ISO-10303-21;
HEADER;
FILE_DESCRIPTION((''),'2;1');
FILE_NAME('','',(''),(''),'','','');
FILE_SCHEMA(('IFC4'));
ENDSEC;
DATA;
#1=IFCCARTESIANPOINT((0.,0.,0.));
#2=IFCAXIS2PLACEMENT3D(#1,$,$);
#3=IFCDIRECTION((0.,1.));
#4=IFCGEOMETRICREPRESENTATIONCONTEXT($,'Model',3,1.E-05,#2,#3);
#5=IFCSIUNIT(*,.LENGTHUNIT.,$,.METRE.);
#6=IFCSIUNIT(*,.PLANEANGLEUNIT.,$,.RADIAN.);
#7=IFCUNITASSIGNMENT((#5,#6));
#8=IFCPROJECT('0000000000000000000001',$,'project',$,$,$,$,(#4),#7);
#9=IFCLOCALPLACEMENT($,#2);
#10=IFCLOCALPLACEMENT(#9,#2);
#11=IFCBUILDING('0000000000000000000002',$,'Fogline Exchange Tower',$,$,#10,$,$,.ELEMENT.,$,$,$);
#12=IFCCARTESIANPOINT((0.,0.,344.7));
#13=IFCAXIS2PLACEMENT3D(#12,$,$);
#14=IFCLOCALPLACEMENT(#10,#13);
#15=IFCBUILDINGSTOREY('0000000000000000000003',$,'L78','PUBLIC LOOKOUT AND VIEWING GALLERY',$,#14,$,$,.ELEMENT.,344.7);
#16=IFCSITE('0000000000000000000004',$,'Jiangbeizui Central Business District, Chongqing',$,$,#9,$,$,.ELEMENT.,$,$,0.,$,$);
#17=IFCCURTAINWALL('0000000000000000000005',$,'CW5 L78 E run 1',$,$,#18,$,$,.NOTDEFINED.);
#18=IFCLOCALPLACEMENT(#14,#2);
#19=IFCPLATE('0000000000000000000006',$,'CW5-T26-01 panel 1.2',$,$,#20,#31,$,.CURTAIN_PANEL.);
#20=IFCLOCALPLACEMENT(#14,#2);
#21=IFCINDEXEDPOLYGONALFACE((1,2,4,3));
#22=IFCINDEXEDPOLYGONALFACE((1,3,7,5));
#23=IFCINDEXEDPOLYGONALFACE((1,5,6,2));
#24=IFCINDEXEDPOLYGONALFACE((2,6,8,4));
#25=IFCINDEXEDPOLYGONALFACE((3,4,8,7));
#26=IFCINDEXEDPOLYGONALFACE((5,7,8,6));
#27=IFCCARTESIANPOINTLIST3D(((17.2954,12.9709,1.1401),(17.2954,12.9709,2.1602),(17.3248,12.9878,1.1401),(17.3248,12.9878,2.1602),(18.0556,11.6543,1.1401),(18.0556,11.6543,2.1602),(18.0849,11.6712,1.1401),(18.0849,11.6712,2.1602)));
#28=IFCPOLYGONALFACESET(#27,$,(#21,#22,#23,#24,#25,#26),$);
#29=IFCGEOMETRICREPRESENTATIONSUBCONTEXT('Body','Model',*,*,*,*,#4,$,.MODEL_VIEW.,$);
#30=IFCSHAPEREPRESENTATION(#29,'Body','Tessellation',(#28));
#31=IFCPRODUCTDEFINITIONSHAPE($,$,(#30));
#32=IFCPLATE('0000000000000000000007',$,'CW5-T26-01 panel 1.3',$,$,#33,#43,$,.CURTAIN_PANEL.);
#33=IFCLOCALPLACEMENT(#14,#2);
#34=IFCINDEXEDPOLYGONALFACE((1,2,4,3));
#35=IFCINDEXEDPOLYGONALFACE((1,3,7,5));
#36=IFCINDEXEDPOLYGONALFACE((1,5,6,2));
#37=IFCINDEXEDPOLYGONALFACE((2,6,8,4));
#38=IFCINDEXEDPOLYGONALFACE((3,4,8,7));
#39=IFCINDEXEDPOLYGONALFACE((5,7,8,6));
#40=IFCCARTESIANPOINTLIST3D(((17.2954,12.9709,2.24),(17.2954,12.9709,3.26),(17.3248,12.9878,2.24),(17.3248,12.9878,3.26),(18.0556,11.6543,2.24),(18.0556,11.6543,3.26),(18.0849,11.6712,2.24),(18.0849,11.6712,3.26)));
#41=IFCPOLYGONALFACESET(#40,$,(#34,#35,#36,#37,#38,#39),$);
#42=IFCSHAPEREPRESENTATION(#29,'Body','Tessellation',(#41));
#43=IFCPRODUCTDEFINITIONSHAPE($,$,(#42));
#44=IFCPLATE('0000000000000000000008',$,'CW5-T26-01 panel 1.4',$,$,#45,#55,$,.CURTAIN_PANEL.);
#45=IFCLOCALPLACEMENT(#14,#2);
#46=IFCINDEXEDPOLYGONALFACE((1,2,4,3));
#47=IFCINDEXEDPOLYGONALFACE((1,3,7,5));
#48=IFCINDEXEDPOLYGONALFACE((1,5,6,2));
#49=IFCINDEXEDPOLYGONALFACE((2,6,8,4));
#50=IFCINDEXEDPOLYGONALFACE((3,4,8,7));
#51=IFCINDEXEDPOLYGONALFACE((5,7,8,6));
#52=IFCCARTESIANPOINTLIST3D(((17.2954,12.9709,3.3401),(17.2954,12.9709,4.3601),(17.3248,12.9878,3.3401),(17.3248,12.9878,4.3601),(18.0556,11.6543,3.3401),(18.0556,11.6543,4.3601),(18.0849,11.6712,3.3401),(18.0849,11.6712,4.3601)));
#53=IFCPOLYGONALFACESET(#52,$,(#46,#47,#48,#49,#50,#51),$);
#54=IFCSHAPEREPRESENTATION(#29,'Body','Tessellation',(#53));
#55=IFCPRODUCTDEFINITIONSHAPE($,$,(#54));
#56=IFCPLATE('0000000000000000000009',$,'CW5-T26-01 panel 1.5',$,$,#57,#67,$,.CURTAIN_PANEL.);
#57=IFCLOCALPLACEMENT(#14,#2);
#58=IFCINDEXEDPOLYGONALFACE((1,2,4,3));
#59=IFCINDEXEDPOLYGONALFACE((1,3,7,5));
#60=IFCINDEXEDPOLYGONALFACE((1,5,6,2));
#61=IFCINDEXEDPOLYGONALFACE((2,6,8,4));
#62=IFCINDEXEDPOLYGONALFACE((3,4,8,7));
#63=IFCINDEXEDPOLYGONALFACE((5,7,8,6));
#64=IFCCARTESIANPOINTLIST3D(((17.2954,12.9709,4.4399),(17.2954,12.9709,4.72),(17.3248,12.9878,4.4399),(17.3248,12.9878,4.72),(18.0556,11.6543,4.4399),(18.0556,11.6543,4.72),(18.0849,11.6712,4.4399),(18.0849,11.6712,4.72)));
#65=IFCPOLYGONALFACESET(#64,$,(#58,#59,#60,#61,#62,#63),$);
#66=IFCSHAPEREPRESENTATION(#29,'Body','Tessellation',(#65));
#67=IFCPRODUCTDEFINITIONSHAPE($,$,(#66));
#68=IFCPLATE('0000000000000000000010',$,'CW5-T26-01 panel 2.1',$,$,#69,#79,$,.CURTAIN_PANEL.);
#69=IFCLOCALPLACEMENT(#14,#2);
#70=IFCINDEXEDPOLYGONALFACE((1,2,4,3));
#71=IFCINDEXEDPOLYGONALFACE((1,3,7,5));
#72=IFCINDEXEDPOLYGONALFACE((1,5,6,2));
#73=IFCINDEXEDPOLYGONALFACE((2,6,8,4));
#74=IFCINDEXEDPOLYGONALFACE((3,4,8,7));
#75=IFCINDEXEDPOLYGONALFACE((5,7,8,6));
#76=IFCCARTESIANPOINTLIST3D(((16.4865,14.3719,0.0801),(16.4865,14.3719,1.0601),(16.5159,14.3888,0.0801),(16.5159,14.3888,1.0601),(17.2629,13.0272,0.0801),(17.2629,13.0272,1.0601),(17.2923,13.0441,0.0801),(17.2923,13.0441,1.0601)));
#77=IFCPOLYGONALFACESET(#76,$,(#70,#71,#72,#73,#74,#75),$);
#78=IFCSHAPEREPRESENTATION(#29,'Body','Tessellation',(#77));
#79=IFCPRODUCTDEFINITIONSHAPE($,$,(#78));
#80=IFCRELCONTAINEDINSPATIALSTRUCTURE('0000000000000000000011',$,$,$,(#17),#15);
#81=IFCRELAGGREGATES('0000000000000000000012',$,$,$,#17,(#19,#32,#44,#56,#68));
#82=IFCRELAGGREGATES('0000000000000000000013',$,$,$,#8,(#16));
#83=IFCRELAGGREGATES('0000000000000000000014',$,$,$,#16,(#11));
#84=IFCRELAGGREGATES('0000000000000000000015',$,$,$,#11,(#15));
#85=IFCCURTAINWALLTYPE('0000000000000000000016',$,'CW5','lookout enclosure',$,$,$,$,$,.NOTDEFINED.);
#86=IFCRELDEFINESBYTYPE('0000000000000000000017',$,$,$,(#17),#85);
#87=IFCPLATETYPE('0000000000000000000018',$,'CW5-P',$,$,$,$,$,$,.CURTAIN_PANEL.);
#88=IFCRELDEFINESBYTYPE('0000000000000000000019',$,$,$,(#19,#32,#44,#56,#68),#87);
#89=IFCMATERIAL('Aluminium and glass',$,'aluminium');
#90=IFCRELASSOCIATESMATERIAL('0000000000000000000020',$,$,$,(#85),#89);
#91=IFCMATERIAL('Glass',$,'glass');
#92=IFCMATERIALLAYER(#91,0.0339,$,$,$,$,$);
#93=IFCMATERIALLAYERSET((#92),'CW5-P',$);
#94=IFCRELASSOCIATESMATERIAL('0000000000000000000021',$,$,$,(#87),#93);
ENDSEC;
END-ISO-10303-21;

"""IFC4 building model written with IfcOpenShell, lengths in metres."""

from ifc_helpers import new_model, si_unit, direction, frame, origin, origin_2d, place, context, subcontext, project, spatial, rectangle, extrude, material, layer, layer_set, type_object, element, aggregate, save


model = new_model("IFC4")

# Units and contexts
model_context = context("Model", 3, precision=1e-05, world=origin(), true_north=direction((0.0, 1.0)))
body_context = subcontext(model_context, "Body", "Model", "MODEL_VIEW")
ifc_project = project(units=[si_unit("LENGTHUNIT", "METRE"), si_unit("PLANEANGLEUNIT", "RADIAN")], contexts=[model_context])

# Site, building, storey
site_placement = place(None, origin())
site = spatial("IfcSite", under=ifc_project, at=site_placement, Name="Jiangbeizui Central Business District, Chongqing", CompositionType="ELEMENT", RefElevation=0.0)
building_placement = place(site_placement, origin())
building = spatial("IfcBuilding", under=site, at=building_placement, Name="Fogline Exchange Tower", CompositionType="ELEMENT")
storey_placement = place(building_placement, frame((0.0, 0.0, 344.7)))
storey = spatial("IfcBuildingStorey", under=building, at=storey_placement, Name="L78", Description="PUBLIC LOOKOUT AND VIEWING GALLERY", CompositionType="ELEMENT", Elevation=344.7)

# Curtain wall, plates
ifc_material_1 = material(Name="Aluminium and glass", Category="aluminium")
curtain_wall_type = type_object("IfcCurtainWallType", Name="CW5", Description="lookout enclosure", PredefinedType="NOTDEFINED", material=ifc_material_1)
curtain_wall_placement = place(storey_placement, origin())
curtain_wall = element("IfcCurtainWall", 1, at=curtain_wall_placement, inside=storey, type_object=curtain_wall_type, Name="CW5 L78 E run 1", PredefinedType="NOTDEFINED")
ifc_material_2 = material(Name="Glass", Category="glass")
ifc_layer = layer(ifc_material_2, 0.0339)
ifc_layer_set = layer_set([ifc_layer], Name="CW5-P")
plate_type = type_object("IfcPlateType", Name="CW5-P", PredefinedType="CURTAIN_PANEL", material=ifc_layer_set)
plate_1_placement = place(storey_placement, frame((17.6902, 12.321, 1.1401), z_axis=(0.0, 0.0, 1.0), x_axis=(-0.5, 0.866025, 0.0)))
plate_1 = element("IfcPlate", 2, at=plate_1_placement, type_object=plate_type, Name="CW5-T26-01 panel 1.2", PredefinedType="CURTAIN_PANEL", context=body_context, shape_type="SweptSolid", body=[
    extrude(rectangle(XDim=1.5203, YDim=0.0339, at=origin_2d()), origin(), (0.0, 0.0, 1.0), 1.02),
])
plate_2_placement = place(storey_placement, frame((17.6902, 12.321, 2.24), z_axis=(0.0, 0.0, 1.0), x_axis=(-0.5, 0.866025, 0.0)))
plate_2 = element("IfcPlate", 3, at=plate_2_placement, type_object=plate_type, Name="CW5-T26-01 panel 1.3", PredefinedType="CURTAIN_PANEL", context=body_context, shape_type="SweptSolid", body=[
    extrude(rectangle(XDim=1.5203, YDim=0.0339, at=origin_2d()), origin(), (0.0, 0.0, 1.0), 1.02),
])
plate_3_placement = place(storey_placement, frame((17.6902, 12.321, 3.3401), z_axis=(0.0, 0.0, 1.0), x_axis=(-0.5, 0.866025, 0.0)))
plate_3 = element("IfcPlate", 4, at=plate_3_placement, type_object=plate_type, Name="CW5-T26-01 panel 1.4", PredefinedType="CURTAIN_PANEL", context=body_context, shape_type="SweptSolid", body=[
    extrude(rectangle(XDim=1.5203, YDim=0.0339, at=origin_2d()), origin(), (0.0, 0.0, 1.0), 1.02),
])
plate_4_placement = place(storey_placement, frame((17.6902, 12.321, 4.4399), z_axis=(0.0, 0.0, 1.0), x_axis=(-0.5, 0.866025, 0.0)))
plate_4 = element("IfcPlate", 5, at=plate_4_placement, type_object=plate_type, Name="CW5-T26-01 panel 1.5", PredefinedType="CURTAIN_PANEL", context=body_context, shape_type="SweptSolid", body=[
    extrude(rectangle(XDim=1.5203, YDim=0.0339, at=origin_2d()), origin(), (0.0, 0.0, 1.0), 0.28),
])
plate_5_placement = place(storey_placement, frame((16.8894, 13.708, 0.0801), z_axis=(0.0, 0.0, 1.0), x_axis=(-0.5, 0.866025, 0.0)))
plate_5 = element("IfcPlate", 6, at=plate_5_placement, type_object=plate_type, Name="CW5-T26-01 panel 2.1", PredefinedType="CURTAIN_PANEL", context=body_context, shape_type="SweptSolid", body=[
    extrude(rectangle(XDim=1.5527, YDim=0.0339, at=origin_2d()), origin(), (0.0, 0.0, 1.0), 0.98),
])
aggregate(curtain_wall, [plate_1, plate_2, plate_3, plate_4, plate_5])

save(model, "model.ifc")
